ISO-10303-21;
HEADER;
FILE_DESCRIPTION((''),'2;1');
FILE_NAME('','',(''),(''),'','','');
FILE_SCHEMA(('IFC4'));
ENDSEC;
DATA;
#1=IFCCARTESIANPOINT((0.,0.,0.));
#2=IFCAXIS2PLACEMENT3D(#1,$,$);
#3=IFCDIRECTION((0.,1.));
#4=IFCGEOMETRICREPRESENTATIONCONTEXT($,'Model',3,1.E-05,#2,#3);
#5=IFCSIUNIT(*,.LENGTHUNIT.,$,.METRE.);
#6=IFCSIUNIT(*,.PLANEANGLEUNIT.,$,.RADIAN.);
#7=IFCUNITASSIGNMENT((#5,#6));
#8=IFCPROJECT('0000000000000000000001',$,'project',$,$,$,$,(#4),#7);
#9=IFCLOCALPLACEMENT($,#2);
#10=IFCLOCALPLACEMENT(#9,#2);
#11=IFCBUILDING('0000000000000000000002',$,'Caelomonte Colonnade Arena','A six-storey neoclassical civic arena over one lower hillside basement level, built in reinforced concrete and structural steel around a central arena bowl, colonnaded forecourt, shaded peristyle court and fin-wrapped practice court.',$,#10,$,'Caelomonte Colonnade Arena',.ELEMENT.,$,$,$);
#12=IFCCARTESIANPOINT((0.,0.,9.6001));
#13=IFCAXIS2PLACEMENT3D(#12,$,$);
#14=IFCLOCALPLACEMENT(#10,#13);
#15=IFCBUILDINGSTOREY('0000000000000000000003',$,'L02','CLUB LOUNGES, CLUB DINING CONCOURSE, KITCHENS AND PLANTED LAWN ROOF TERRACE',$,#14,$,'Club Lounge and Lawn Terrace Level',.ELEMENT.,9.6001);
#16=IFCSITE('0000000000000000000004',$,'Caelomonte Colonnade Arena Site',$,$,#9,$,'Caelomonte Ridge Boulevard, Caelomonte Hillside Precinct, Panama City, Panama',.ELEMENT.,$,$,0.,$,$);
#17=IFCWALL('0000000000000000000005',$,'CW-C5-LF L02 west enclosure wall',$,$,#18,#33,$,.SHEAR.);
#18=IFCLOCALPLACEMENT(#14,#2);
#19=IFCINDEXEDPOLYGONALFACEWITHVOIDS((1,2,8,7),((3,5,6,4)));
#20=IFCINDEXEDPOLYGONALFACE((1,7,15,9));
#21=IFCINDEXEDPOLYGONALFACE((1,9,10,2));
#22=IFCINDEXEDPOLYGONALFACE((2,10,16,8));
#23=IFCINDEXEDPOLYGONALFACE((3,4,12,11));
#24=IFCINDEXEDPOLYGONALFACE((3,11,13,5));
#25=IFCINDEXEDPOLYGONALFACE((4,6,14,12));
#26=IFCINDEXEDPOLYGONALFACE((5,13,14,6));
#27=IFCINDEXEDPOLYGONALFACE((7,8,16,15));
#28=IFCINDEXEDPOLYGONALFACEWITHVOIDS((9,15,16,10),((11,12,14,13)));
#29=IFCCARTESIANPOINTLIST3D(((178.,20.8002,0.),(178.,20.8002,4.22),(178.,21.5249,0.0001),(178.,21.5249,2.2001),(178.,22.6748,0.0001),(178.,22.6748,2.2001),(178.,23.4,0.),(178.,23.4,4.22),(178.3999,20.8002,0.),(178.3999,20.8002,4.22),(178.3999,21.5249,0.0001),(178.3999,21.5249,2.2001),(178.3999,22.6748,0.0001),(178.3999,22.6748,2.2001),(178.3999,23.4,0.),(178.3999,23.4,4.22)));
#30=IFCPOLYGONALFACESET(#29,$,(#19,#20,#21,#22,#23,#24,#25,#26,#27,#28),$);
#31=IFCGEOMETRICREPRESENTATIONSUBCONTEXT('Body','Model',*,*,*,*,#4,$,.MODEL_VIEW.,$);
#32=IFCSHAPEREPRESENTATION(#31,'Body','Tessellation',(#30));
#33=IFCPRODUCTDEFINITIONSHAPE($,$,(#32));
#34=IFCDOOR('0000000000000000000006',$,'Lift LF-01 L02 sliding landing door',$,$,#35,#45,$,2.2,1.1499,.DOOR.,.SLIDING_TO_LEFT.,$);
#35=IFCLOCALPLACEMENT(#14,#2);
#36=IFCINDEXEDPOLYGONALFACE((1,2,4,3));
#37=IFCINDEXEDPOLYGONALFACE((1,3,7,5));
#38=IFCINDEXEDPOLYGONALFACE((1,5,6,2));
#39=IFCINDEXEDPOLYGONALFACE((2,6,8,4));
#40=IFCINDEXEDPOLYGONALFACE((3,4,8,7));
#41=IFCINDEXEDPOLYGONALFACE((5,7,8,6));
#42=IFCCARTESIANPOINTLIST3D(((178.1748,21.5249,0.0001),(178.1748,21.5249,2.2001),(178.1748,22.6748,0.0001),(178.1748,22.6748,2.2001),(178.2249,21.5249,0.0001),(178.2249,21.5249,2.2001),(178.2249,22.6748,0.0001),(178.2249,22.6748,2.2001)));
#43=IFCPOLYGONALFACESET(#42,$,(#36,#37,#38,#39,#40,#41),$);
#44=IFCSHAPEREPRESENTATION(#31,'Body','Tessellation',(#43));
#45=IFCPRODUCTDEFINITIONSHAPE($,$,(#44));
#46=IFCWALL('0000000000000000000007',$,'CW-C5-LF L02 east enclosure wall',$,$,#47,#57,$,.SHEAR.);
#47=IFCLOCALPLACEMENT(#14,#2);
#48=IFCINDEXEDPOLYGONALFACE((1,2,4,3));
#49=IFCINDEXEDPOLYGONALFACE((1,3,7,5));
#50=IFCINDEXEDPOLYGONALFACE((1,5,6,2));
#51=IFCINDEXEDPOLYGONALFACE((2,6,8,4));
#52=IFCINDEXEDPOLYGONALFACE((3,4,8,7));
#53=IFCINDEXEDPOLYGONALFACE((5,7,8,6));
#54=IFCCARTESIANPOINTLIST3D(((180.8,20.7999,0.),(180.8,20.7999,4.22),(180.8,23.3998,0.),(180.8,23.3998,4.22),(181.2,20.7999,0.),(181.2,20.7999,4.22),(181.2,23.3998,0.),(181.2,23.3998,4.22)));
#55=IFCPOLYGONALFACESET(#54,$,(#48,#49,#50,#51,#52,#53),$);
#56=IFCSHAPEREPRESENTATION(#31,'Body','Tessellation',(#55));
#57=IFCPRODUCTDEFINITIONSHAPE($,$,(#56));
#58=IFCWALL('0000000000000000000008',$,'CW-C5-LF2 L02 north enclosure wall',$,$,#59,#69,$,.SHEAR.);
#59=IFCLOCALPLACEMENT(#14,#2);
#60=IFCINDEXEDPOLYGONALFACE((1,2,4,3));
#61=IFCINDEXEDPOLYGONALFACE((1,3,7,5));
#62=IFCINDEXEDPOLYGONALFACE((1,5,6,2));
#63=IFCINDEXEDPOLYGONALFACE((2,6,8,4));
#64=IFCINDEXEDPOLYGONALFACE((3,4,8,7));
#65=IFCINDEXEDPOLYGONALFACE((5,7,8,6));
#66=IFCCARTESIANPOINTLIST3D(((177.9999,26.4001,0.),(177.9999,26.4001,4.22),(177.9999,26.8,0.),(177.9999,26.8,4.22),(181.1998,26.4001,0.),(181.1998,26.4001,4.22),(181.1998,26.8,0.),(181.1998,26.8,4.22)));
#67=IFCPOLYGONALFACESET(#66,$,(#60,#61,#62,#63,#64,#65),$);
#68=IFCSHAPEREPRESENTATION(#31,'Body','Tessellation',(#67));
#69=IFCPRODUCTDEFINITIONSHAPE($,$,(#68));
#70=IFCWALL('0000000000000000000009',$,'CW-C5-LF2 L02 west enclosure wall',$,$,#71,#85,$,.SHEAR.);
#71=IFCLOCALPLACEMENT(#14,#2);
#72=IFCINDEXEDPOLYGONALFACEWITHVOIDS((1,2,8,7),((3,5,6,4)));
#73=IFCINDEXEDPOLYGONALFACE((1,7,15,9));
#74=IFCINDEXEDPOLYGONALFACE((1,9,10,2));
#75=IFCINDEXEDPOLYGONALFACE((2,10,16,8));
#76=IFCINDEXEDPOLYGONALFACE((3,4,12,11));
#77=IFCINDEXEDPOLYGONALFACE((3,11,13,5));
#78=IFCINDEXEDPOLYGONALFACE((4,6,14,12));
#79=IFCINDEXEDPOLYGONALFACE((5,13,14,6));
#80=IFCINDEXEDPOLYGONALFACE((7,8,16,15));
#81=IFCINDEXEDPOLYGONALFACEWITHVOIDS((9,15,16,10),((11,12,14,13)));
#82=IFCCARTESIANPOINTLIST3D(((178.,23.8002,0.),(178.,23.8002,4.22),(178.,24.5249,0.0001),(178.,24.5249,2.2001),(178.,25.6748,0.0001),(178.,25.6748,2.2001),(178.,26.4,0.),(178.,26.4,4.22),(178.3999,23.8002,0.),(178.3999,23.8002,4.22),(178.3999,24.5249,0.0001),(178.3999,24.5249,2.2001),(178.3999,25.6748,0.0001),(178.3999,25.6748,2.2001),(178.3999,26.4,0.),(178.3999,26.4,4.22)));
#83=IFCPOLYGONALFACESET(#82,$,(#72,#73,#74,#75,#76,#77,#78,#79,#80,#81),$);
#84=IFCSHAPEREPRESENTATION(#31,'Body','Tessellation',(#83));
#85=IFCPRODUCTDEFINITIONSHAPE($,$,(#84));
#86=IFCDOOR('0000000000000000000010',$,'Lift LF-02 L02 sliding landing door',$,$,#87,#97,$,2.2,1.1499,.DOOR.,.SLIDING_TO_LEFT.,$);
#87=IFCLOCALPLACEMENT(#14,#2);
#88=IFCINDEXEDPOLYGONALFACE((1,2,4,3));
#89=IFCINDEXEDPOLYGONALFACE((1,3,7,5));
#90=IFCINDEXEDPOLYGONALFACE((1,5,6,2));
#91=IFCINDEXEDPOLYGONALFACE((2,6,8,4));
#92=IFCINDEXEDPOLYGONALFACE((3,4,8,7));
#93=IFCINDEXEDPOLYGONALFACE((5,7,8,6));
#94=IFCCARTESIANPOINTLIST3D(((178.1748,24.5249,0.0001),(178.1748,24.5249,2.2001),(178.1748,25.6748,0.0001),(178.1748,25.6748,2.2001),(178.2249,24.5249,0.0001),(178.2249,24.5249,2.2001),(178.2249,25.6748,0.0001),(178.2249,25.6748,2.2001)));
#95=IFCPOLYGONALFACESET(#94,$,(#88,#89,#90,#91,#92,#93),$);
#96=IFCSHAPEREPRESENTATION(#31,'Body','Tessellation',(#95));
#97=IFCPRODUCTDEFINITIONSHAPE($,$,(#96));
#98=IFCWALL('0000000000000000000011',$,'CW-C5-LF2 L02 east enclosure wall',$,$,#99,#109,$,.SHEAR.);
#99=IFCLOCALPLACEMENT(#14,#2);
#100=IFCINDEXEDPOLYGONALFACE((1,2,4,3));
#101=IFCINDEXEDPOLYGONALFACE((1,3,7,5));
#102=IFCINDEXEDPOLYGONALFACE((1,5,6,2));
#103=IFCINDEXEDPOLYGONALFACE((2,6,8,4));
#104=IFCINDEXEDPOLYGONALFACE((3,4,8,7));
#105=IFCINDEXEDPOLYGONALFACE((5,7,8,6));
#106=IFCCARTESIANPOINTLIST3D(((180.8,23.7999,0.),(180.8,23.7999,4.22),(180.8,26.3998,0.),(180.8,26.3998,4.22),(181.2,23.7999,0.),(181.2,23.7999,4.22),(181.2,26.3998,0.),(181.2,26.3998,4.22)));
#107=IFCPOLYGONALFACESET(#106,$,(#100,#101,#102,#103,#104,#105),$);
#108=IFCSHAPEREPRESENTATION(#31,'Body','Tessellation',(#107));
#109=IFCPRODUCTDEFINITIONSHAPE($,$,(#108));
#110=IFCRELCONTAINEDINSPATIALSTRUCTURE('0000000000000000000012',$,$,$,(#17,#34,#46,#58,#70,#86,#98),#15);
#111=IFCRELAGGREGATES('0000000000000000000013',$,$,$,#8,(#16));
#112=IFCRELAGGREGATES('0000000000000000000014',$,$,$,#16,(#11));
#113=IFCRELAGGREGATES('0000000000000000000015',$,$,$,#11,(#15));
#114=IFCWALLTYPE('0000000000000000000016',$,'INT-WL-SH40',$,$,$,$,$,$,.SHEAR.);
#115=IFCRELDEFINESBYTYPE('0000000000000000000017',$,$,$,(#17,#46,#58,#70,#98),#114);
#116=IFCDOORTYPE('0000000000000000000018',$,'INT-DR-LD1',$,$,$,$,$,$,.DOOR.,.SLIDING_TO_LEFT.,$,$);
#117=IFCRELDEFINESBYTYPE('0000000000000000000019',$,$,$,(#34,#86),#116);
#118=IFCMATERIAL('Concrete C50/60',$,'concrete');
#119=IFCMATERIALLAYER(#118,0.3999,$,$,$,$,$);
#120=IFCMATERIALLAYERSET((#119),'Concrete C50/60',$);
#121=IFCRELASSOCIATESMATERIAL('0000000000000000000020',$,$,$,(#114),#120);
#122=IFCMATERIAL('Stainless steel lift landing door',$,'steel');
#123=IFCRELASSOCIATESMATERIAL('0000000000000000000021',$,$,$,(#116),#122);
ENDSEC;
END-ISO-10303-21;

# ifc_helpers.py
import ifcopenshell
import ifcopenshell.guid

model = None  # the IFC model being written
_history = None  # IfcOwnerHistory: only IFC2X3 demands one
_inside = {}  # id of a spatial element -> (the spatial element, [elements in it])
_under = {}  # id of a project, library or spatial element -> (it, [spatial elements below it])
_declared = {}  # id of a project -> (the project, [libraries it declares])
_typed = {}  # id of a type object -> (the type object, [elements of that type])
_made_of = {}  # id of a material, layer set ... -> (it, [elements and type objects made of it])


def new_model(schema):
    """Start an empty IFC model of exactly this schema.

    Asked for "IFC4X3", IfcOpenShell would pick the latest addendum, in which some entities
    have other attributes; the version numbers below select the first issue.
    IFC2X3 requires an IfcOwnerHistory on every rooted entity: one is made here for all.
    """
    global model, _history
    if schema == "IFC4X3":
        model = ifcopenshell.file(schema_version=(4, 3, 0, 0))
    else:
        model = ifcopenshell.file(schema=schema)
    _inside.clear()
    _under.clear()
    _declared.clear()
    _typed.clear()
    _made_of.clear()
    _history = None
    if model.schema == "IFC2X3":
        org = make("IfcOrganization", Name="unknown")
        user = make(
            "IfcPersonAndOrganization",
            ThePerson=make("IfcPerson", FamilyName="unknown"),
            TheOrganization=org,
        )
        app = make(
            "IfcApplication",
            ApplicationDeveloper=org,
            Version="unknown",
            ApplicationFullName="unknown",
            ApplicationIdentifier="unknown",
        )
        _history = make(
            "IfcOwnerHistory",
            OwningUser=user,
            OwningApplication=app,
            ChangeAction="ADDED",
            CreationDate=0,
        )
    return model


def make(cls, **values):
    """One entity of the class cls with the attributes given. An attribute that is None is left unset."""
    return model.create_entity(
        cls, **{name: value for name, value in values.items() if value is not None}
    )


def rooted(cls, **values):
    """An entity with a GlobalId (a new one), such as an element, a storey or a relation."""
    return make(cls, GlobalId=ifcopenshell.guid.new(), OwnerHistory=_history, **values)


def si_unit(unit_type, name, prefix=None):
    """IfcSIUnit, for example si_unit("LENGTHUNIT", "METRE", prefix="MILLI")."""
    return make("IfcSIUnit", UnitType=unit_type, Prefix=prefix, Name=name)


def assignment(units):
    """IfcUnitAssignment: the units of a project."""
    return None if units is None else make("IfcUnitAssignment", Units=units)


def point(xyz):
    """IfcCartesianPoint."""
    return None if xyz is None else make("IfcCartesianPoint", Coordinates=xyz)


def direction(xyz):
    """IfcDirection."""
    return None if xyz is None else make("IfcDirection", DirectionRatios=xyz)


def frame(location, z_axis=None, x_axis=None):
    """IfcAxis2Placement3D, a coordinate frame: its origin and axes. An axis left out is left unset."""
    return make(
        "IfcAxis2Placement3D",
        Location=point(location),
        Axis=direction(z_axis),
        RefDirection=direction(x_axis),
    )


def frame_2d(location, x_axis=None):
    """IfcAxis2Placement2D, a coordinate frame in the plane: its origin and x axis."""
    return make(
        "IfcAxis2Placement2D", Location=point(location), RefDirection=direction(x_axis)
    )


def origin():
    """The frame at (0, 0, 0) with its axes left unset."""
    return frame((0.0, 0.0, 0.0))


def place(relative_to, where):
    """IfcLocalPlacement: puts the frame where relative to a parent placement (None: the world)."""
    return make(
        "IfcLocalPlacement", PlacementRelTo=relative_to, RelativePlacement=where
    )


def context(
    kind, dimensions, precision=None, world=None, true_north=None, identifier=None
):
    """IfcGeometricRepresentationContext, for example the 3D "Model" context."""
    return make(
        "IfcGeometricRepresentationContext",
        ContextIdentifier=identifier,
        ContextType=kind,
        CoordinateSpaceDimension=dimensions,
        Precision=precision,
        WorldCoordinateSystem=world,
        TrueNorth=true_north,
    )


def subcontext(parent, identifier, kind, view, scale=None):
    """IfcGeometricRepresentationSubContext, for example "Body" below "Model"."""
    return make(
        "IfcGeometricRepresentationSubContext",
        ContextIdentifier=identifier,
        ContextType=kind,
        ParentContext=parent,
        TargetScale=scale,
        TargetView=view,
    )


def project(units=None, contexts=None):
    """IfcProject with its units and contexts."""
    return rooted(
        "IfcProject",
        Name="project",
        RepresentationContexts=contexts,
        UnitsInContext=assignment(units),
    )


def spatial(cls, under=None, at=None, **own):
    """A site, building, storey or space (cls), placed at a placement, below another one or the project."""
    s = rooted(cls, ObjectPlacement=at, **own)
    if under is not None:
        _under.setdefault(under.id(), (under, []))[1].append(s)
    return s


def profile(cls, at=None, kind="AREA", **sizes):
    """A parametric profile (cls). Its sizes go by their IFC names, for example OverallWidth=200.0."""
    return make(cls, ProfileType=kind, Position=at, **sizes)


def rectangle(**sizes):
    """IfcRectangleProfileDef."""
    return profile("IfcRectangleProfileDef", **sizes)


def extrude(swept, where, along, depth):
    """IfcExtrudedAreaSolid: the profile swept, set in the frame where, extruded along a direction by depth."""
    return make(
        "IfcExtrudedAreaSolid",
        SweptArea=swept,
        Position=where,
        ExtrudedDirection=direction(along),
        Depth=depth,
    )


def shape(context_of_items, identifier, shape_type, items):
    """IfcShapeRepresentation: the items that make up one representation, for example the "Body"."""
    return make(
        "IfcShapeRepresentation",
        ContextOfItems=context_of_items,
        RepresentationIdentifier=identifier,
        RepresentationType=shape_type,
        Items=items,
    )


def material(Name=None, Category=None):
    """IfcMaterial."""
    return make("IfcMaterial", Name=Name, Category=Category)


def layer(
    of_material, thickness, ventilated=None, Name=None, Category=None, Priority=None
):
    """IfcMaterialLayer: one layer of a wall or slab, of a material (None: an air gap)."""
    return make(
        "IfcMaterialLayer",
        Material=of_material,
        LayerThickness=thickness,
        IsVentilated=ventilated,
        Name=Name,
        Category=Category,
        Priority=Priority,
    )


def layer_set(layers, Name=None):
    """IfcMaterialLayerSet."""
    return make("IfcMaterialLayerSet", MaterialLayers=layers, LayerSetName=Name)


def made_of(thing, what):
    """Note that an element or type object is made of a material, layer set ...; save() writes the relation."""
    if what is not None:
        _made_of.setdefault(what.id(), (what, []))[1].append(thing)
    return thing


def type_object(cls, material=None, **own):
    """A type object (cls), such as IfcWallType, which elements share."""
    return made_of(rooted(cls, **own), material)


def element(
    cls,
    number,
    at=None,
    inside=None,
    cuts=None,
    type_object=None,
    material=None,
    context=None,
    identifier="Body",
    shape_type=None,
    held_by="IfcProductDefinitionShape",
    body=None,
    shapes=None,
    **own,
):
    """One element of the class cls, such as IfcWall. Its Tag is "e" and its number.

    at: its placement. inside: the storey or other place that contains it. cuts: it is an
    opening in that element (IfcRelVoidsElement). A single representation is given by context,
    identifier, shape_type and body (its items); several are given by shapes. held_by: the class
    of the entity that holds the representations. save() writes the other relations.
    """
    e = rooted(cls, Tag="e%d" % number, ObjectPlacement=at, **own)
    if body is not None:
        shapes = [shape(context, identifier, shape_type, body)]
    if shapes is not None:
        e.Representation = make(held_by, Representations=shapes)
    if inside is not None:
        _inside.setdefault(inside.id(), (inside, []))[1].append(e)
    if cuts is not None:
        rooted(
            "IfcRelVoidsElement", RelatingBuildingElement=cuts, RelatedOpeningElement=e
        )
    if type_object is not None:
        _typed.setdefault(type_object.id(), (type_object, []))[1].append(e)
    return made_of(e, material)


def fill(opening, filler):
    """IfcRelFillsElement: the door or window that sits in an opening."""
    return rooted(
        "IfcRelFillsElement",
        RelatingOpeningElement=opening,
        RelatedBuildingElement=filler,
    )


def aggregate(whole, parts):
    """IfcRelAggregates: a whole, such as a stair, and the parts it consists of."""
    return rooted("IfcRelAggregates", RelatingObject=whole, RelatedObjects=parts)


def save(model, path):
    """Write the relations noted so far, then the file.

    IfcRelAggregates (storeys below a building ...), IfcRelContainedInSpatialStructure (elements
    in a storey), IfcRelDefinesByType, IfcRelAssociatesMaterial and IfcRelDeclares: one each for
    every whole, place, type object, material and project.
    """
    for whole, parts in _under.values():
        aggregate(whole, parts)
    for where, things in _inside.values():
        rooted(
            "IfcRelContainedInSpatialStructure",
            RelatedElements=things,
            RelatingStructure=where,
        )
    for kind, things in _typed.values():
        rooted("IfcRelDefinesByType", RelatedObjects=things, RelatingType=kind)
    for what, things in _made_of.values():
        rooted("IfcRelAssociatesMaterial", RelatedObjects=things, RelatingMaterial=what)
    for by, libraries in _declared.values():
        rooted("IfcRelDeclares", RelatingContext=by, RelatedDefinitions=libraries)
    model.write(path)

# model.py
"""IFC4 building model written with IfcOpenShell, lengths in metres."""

from ifc_helpers import new_model, si_unit, direction, frame, frame_2d, origin, place, context, subcontext, project, spatial, rectangle, extrude, material, layer, layer_set, type_object, element, fill, save


model = new_model("IFC4")

# Units and contexts
model_context = context("Model", 3, precision=1e-05, world=origin(), true_north=direction((0.0, 1.0)))
body_context = subcontext(model_context, "Body", "Model", "MODEL_VIEW")
ifc_project = project(units=[si_unit("LENGTHUNIT", "METRE"), si_unit("PLANEANGLEUNIT", "RADIAN")], contexts=[model_context])

# Site, building, storey
site_placement = place(None, origin())
site = spatial("IfcSite", under=ifc_project, at=site_placement, Name="Caelomonte Colonnade Arena Site", LongName="Caelomonte Ridge Boulevard, Caelomonte Hillside Precinct, Panama City, Panama", CompositionType="ELEMENT", RefElevation=0.0)
building_placement = place(site_placement, origin())
building = spatial("IfcBuilding", under=site, at=building_placement, Name="Caelomonte Colonnade Arena", Description="A six-storey neoclassical civic arena over one lower hillside basement level, built in reinforced concrete and structural steel around a central arena bowl, colonnaded forecourt, shaded peristyle court and fin-wrapped practice court.", LongName="Caelomonte Colonnade Arena", CompositionType="ELEMENT")
storey_placement = place(building_placement, frame((0.0, 0.0, 9.6001)))
storey = spatial("IfcBuildingStorey", under=building, at=storey_placement, Name="L02", Description="CLUB LOUNGES, CLUB DINING CONCOURSE, KITCHENS AND PLANTED LAWN ROOF TERRACE", LongName="Club Lounge and Lawn Terrace Level", CompositionType="ELEMENT", Elevation=9.6001)

# Shared definitions
ifc_material_1 = material(Name="Concrete C50/60", Category="concrete")
ifc_layer_1 = layer(ifc_material_1, 0.3999)
ifc_layer_set_1 = layer_set([ifc_layer_1], Name="Concrete C50/60")
wall_type_1 = type_object("IfcWallType", Name="INT-WL-SH40", PredefinedType="SHEAR", material=ifc_layer_set_1)

# Wall, opening, door
wall_1_placement = place(storey_placement, frame((178.2, 23.3999, 0.0), z_axis=(0.0, 0.0, 1.0), x_axis=(0.0, -1.0, 0.0)))
wall_1 = element("IfcWall", 1, at=wall_1_placement, inside=storey, type_object=wall_type_1, Name="CW-C5-LF L02 west enclosure wall", PredefinedType="SHEAR", context=body_context, shape_type="SweptSolid", body=[
    extrude(rectangle(XDim=2.5999, YDim=0.3999, at=frame_2d((1.2998, 0.0))), origin(), (0.0, 0.0, 1.0), 4.22),
])
opening_1_placement = place(wall_1_placement, frame((0.7251, 0.0, 0.0), z_axis=(0.0, 0.0, 1.0), x_axis=(1.0, 0.0, 0.0)))
opening_1 = element("IfcOpeningElement", 2, at=opening_1_placement, cuts=wall_1, PredefinedType="OPENING", context=body_context, shape_type="SweptSolid", body=[
    extrude(rectangle(XDim=1.1499, YDim=2.2, at=frame_2d((0.575, 1.1001))), frame((0.0, 0.21, 0.0), z_axis=(0.0, -1.0, 0.0), x_axis=(1.0, 0.0, 0.0)), (0.0, 0.0, 1.0), 0.4199),
])
ifc_material_2 = material(Name="Stainless steel lift landing door", Category="steel")
door_type_1 = type_object("IfcDoorType", Name="INT-DR-LD1", OperationType="SLIDING_TO_LEFT", PredefinedType="DOOR", material=ifc_material_2)
door_1_placement = place(opening_1_placement, origin())
door_1 = element("IfcDoor", 3, at=door_1_placement, inside=storey, type_object=door_type_1, Name="Lift LF-01 L02 sliding landing door", OperationType="SLIDING_TO_LEFT", OverallHeight=2.2, OverallWidth=1.1499, PredefinedType="DOOR", context=body_context, shape_type="SweptSolid", body=[
    extrude(rectangle(XDim=1.1499, YDim=2.2, at=frame_2d((0.575, 1.1001))), frame((0.0, 0.0249, 0.0), z_axis=(0.0, -1.0, 0.0), x_axis=(1.0, 0.0, 0.0)), (0.0, 0.0, 1.0), 0.05),
])
fill(opening_1, door_1)

# Walls
wall_2_placement = place(storey_placement, frame((181.0, 20.8, 0.0), z_axis=(0.0, 0.0, 1.0), x_axis=(0.0, 1.0, 0.0)))
element("IfcWall", 4, at=wall_2_placement, inside=storey, type_object=wall_type_1, Name="CW-C5-LF L02 east enclosure wall", PredefinedType="SHEAR", context=body_context, shape_type="SweptSolid", body=[
    extrude(rectangle(XDim=2.5999, YDim=0.3999, at=frame_2d((1.2998, 0.0))), origin(), (0.0, 0.0, 1.0), 4.22),
])
wall_3_placement = place(storey_placement, frame((181.2, 26.6001, 0.0), z_axis=(0.0, 0.0, 1.0), x_axis=(-1.0, 0.0, 0.0)))
element("IfcWall", 5, at=wall_3_placement, inside=storey, type_object=wall_type_1, Name="CW-C5-LF2 L02 north enclosure wall", PredefinedType="SHEAR", context=body_context, shape_type="SweptSolid", body=[
    extrude(rectangle(XDim=3.2, YDim=0.3999, at=frame_2d((1.6001, 0.0))), origin(), (0.0, 0.0, 1.0), 4.22),
])

# Wall, opening, door
wall_4_placement = place(storey_placement, frame((178.2, 26.3999, 0.0), z_axis=(0.0, 0.0, 1.0), x_axis=(0.0, -1.0, 0.0)))
wall_4 = element("IfcWall", 6, at=wall_4_placement, inside=storey, type_object=wall_type_1, Name="CW-C5-LF2 L02 west enclosure wall", PredefinedType="SHEAR", context=body_context, shape_type="SweptSolid", body=[
    extrude(rectangle(XDim=2.5999, YDim=0.3999, at=frame_2d((1.2998, 0.0))), origin(), (0.0, 0.0, 1.0), 4.22),
])
opening_2_placement = place(wall_4_placement, frame((0.7251, 0.0, 0.0), z_axis=(0.0, 0.0, 1.0), x_axis=(1.0, 0.0, 0.0)))
opening_2 = element("IfcOpeningElement", 7, at=opening_2_placement, cuts=wall_4, PredefinedType="OPENING", context=body_context, shape_type="SweptSolid", body=[
    extrude(rectangle(XDim=1.1499, YDim=2.2, at=frame_2d((0.575, 1.1001))), frame((0.0, 0.21, 0.0), z_axis=(0.0, -1.0, 0.0), x_axis=(1.0, 0.0, 0.0)), (0.0, 0.0, 1.0), 0.4199),
])
door_2_placement = place(opening_2_placement, origin())
door_2 = element("IfcDoor", 8, at=door_2_placement, inside=storey, type_object=door_type_1, Name="Lift LF-02 L02 sliding landing door", OperationType="SLIDING_TO_LEFT", OverallHeight=2.2, OverallWidth=1.1499, PredefinedType="DOOR", context=body_context, shape_type="SweptSolid", body=[
    extrude(rectangle(XDim=1.1499, YDim=2.2, at=frame_2d((0.575, 1.1001))), frame((0.0, 0.0249, 0.0), z_axis=(0.0, -1.0, 0.0), x_axis=(1.0, 0.0, 0.0)), (0.0, 0.0, 1.0), 0.05),
])
fill(opening_2, door_2)

# Wall
wall_5_placement = place(storey_placement, frame((181.0, 23.8, 0.0), z_axis=(0.0, 0.0, 1.0), x_axis=(0.0, 1.0, 0.0)))
element("IfcWall", 9, at=wall_5_placement, inside=storey, type_object=wall_type_1, Name="CW-C5-LF2 L02 east enclosure wall", PredefinedType="SHEAR", context=body_context, shape_type="SweptSolid", body=[
    extrude(rectangle(XDim=2.5999, YDim=0.3999, at=frame_2d((1.2998, 0.0))), origin(), (0.0, 0.0, 1.0), 4.22),
])

save(model, "model.ifc")
